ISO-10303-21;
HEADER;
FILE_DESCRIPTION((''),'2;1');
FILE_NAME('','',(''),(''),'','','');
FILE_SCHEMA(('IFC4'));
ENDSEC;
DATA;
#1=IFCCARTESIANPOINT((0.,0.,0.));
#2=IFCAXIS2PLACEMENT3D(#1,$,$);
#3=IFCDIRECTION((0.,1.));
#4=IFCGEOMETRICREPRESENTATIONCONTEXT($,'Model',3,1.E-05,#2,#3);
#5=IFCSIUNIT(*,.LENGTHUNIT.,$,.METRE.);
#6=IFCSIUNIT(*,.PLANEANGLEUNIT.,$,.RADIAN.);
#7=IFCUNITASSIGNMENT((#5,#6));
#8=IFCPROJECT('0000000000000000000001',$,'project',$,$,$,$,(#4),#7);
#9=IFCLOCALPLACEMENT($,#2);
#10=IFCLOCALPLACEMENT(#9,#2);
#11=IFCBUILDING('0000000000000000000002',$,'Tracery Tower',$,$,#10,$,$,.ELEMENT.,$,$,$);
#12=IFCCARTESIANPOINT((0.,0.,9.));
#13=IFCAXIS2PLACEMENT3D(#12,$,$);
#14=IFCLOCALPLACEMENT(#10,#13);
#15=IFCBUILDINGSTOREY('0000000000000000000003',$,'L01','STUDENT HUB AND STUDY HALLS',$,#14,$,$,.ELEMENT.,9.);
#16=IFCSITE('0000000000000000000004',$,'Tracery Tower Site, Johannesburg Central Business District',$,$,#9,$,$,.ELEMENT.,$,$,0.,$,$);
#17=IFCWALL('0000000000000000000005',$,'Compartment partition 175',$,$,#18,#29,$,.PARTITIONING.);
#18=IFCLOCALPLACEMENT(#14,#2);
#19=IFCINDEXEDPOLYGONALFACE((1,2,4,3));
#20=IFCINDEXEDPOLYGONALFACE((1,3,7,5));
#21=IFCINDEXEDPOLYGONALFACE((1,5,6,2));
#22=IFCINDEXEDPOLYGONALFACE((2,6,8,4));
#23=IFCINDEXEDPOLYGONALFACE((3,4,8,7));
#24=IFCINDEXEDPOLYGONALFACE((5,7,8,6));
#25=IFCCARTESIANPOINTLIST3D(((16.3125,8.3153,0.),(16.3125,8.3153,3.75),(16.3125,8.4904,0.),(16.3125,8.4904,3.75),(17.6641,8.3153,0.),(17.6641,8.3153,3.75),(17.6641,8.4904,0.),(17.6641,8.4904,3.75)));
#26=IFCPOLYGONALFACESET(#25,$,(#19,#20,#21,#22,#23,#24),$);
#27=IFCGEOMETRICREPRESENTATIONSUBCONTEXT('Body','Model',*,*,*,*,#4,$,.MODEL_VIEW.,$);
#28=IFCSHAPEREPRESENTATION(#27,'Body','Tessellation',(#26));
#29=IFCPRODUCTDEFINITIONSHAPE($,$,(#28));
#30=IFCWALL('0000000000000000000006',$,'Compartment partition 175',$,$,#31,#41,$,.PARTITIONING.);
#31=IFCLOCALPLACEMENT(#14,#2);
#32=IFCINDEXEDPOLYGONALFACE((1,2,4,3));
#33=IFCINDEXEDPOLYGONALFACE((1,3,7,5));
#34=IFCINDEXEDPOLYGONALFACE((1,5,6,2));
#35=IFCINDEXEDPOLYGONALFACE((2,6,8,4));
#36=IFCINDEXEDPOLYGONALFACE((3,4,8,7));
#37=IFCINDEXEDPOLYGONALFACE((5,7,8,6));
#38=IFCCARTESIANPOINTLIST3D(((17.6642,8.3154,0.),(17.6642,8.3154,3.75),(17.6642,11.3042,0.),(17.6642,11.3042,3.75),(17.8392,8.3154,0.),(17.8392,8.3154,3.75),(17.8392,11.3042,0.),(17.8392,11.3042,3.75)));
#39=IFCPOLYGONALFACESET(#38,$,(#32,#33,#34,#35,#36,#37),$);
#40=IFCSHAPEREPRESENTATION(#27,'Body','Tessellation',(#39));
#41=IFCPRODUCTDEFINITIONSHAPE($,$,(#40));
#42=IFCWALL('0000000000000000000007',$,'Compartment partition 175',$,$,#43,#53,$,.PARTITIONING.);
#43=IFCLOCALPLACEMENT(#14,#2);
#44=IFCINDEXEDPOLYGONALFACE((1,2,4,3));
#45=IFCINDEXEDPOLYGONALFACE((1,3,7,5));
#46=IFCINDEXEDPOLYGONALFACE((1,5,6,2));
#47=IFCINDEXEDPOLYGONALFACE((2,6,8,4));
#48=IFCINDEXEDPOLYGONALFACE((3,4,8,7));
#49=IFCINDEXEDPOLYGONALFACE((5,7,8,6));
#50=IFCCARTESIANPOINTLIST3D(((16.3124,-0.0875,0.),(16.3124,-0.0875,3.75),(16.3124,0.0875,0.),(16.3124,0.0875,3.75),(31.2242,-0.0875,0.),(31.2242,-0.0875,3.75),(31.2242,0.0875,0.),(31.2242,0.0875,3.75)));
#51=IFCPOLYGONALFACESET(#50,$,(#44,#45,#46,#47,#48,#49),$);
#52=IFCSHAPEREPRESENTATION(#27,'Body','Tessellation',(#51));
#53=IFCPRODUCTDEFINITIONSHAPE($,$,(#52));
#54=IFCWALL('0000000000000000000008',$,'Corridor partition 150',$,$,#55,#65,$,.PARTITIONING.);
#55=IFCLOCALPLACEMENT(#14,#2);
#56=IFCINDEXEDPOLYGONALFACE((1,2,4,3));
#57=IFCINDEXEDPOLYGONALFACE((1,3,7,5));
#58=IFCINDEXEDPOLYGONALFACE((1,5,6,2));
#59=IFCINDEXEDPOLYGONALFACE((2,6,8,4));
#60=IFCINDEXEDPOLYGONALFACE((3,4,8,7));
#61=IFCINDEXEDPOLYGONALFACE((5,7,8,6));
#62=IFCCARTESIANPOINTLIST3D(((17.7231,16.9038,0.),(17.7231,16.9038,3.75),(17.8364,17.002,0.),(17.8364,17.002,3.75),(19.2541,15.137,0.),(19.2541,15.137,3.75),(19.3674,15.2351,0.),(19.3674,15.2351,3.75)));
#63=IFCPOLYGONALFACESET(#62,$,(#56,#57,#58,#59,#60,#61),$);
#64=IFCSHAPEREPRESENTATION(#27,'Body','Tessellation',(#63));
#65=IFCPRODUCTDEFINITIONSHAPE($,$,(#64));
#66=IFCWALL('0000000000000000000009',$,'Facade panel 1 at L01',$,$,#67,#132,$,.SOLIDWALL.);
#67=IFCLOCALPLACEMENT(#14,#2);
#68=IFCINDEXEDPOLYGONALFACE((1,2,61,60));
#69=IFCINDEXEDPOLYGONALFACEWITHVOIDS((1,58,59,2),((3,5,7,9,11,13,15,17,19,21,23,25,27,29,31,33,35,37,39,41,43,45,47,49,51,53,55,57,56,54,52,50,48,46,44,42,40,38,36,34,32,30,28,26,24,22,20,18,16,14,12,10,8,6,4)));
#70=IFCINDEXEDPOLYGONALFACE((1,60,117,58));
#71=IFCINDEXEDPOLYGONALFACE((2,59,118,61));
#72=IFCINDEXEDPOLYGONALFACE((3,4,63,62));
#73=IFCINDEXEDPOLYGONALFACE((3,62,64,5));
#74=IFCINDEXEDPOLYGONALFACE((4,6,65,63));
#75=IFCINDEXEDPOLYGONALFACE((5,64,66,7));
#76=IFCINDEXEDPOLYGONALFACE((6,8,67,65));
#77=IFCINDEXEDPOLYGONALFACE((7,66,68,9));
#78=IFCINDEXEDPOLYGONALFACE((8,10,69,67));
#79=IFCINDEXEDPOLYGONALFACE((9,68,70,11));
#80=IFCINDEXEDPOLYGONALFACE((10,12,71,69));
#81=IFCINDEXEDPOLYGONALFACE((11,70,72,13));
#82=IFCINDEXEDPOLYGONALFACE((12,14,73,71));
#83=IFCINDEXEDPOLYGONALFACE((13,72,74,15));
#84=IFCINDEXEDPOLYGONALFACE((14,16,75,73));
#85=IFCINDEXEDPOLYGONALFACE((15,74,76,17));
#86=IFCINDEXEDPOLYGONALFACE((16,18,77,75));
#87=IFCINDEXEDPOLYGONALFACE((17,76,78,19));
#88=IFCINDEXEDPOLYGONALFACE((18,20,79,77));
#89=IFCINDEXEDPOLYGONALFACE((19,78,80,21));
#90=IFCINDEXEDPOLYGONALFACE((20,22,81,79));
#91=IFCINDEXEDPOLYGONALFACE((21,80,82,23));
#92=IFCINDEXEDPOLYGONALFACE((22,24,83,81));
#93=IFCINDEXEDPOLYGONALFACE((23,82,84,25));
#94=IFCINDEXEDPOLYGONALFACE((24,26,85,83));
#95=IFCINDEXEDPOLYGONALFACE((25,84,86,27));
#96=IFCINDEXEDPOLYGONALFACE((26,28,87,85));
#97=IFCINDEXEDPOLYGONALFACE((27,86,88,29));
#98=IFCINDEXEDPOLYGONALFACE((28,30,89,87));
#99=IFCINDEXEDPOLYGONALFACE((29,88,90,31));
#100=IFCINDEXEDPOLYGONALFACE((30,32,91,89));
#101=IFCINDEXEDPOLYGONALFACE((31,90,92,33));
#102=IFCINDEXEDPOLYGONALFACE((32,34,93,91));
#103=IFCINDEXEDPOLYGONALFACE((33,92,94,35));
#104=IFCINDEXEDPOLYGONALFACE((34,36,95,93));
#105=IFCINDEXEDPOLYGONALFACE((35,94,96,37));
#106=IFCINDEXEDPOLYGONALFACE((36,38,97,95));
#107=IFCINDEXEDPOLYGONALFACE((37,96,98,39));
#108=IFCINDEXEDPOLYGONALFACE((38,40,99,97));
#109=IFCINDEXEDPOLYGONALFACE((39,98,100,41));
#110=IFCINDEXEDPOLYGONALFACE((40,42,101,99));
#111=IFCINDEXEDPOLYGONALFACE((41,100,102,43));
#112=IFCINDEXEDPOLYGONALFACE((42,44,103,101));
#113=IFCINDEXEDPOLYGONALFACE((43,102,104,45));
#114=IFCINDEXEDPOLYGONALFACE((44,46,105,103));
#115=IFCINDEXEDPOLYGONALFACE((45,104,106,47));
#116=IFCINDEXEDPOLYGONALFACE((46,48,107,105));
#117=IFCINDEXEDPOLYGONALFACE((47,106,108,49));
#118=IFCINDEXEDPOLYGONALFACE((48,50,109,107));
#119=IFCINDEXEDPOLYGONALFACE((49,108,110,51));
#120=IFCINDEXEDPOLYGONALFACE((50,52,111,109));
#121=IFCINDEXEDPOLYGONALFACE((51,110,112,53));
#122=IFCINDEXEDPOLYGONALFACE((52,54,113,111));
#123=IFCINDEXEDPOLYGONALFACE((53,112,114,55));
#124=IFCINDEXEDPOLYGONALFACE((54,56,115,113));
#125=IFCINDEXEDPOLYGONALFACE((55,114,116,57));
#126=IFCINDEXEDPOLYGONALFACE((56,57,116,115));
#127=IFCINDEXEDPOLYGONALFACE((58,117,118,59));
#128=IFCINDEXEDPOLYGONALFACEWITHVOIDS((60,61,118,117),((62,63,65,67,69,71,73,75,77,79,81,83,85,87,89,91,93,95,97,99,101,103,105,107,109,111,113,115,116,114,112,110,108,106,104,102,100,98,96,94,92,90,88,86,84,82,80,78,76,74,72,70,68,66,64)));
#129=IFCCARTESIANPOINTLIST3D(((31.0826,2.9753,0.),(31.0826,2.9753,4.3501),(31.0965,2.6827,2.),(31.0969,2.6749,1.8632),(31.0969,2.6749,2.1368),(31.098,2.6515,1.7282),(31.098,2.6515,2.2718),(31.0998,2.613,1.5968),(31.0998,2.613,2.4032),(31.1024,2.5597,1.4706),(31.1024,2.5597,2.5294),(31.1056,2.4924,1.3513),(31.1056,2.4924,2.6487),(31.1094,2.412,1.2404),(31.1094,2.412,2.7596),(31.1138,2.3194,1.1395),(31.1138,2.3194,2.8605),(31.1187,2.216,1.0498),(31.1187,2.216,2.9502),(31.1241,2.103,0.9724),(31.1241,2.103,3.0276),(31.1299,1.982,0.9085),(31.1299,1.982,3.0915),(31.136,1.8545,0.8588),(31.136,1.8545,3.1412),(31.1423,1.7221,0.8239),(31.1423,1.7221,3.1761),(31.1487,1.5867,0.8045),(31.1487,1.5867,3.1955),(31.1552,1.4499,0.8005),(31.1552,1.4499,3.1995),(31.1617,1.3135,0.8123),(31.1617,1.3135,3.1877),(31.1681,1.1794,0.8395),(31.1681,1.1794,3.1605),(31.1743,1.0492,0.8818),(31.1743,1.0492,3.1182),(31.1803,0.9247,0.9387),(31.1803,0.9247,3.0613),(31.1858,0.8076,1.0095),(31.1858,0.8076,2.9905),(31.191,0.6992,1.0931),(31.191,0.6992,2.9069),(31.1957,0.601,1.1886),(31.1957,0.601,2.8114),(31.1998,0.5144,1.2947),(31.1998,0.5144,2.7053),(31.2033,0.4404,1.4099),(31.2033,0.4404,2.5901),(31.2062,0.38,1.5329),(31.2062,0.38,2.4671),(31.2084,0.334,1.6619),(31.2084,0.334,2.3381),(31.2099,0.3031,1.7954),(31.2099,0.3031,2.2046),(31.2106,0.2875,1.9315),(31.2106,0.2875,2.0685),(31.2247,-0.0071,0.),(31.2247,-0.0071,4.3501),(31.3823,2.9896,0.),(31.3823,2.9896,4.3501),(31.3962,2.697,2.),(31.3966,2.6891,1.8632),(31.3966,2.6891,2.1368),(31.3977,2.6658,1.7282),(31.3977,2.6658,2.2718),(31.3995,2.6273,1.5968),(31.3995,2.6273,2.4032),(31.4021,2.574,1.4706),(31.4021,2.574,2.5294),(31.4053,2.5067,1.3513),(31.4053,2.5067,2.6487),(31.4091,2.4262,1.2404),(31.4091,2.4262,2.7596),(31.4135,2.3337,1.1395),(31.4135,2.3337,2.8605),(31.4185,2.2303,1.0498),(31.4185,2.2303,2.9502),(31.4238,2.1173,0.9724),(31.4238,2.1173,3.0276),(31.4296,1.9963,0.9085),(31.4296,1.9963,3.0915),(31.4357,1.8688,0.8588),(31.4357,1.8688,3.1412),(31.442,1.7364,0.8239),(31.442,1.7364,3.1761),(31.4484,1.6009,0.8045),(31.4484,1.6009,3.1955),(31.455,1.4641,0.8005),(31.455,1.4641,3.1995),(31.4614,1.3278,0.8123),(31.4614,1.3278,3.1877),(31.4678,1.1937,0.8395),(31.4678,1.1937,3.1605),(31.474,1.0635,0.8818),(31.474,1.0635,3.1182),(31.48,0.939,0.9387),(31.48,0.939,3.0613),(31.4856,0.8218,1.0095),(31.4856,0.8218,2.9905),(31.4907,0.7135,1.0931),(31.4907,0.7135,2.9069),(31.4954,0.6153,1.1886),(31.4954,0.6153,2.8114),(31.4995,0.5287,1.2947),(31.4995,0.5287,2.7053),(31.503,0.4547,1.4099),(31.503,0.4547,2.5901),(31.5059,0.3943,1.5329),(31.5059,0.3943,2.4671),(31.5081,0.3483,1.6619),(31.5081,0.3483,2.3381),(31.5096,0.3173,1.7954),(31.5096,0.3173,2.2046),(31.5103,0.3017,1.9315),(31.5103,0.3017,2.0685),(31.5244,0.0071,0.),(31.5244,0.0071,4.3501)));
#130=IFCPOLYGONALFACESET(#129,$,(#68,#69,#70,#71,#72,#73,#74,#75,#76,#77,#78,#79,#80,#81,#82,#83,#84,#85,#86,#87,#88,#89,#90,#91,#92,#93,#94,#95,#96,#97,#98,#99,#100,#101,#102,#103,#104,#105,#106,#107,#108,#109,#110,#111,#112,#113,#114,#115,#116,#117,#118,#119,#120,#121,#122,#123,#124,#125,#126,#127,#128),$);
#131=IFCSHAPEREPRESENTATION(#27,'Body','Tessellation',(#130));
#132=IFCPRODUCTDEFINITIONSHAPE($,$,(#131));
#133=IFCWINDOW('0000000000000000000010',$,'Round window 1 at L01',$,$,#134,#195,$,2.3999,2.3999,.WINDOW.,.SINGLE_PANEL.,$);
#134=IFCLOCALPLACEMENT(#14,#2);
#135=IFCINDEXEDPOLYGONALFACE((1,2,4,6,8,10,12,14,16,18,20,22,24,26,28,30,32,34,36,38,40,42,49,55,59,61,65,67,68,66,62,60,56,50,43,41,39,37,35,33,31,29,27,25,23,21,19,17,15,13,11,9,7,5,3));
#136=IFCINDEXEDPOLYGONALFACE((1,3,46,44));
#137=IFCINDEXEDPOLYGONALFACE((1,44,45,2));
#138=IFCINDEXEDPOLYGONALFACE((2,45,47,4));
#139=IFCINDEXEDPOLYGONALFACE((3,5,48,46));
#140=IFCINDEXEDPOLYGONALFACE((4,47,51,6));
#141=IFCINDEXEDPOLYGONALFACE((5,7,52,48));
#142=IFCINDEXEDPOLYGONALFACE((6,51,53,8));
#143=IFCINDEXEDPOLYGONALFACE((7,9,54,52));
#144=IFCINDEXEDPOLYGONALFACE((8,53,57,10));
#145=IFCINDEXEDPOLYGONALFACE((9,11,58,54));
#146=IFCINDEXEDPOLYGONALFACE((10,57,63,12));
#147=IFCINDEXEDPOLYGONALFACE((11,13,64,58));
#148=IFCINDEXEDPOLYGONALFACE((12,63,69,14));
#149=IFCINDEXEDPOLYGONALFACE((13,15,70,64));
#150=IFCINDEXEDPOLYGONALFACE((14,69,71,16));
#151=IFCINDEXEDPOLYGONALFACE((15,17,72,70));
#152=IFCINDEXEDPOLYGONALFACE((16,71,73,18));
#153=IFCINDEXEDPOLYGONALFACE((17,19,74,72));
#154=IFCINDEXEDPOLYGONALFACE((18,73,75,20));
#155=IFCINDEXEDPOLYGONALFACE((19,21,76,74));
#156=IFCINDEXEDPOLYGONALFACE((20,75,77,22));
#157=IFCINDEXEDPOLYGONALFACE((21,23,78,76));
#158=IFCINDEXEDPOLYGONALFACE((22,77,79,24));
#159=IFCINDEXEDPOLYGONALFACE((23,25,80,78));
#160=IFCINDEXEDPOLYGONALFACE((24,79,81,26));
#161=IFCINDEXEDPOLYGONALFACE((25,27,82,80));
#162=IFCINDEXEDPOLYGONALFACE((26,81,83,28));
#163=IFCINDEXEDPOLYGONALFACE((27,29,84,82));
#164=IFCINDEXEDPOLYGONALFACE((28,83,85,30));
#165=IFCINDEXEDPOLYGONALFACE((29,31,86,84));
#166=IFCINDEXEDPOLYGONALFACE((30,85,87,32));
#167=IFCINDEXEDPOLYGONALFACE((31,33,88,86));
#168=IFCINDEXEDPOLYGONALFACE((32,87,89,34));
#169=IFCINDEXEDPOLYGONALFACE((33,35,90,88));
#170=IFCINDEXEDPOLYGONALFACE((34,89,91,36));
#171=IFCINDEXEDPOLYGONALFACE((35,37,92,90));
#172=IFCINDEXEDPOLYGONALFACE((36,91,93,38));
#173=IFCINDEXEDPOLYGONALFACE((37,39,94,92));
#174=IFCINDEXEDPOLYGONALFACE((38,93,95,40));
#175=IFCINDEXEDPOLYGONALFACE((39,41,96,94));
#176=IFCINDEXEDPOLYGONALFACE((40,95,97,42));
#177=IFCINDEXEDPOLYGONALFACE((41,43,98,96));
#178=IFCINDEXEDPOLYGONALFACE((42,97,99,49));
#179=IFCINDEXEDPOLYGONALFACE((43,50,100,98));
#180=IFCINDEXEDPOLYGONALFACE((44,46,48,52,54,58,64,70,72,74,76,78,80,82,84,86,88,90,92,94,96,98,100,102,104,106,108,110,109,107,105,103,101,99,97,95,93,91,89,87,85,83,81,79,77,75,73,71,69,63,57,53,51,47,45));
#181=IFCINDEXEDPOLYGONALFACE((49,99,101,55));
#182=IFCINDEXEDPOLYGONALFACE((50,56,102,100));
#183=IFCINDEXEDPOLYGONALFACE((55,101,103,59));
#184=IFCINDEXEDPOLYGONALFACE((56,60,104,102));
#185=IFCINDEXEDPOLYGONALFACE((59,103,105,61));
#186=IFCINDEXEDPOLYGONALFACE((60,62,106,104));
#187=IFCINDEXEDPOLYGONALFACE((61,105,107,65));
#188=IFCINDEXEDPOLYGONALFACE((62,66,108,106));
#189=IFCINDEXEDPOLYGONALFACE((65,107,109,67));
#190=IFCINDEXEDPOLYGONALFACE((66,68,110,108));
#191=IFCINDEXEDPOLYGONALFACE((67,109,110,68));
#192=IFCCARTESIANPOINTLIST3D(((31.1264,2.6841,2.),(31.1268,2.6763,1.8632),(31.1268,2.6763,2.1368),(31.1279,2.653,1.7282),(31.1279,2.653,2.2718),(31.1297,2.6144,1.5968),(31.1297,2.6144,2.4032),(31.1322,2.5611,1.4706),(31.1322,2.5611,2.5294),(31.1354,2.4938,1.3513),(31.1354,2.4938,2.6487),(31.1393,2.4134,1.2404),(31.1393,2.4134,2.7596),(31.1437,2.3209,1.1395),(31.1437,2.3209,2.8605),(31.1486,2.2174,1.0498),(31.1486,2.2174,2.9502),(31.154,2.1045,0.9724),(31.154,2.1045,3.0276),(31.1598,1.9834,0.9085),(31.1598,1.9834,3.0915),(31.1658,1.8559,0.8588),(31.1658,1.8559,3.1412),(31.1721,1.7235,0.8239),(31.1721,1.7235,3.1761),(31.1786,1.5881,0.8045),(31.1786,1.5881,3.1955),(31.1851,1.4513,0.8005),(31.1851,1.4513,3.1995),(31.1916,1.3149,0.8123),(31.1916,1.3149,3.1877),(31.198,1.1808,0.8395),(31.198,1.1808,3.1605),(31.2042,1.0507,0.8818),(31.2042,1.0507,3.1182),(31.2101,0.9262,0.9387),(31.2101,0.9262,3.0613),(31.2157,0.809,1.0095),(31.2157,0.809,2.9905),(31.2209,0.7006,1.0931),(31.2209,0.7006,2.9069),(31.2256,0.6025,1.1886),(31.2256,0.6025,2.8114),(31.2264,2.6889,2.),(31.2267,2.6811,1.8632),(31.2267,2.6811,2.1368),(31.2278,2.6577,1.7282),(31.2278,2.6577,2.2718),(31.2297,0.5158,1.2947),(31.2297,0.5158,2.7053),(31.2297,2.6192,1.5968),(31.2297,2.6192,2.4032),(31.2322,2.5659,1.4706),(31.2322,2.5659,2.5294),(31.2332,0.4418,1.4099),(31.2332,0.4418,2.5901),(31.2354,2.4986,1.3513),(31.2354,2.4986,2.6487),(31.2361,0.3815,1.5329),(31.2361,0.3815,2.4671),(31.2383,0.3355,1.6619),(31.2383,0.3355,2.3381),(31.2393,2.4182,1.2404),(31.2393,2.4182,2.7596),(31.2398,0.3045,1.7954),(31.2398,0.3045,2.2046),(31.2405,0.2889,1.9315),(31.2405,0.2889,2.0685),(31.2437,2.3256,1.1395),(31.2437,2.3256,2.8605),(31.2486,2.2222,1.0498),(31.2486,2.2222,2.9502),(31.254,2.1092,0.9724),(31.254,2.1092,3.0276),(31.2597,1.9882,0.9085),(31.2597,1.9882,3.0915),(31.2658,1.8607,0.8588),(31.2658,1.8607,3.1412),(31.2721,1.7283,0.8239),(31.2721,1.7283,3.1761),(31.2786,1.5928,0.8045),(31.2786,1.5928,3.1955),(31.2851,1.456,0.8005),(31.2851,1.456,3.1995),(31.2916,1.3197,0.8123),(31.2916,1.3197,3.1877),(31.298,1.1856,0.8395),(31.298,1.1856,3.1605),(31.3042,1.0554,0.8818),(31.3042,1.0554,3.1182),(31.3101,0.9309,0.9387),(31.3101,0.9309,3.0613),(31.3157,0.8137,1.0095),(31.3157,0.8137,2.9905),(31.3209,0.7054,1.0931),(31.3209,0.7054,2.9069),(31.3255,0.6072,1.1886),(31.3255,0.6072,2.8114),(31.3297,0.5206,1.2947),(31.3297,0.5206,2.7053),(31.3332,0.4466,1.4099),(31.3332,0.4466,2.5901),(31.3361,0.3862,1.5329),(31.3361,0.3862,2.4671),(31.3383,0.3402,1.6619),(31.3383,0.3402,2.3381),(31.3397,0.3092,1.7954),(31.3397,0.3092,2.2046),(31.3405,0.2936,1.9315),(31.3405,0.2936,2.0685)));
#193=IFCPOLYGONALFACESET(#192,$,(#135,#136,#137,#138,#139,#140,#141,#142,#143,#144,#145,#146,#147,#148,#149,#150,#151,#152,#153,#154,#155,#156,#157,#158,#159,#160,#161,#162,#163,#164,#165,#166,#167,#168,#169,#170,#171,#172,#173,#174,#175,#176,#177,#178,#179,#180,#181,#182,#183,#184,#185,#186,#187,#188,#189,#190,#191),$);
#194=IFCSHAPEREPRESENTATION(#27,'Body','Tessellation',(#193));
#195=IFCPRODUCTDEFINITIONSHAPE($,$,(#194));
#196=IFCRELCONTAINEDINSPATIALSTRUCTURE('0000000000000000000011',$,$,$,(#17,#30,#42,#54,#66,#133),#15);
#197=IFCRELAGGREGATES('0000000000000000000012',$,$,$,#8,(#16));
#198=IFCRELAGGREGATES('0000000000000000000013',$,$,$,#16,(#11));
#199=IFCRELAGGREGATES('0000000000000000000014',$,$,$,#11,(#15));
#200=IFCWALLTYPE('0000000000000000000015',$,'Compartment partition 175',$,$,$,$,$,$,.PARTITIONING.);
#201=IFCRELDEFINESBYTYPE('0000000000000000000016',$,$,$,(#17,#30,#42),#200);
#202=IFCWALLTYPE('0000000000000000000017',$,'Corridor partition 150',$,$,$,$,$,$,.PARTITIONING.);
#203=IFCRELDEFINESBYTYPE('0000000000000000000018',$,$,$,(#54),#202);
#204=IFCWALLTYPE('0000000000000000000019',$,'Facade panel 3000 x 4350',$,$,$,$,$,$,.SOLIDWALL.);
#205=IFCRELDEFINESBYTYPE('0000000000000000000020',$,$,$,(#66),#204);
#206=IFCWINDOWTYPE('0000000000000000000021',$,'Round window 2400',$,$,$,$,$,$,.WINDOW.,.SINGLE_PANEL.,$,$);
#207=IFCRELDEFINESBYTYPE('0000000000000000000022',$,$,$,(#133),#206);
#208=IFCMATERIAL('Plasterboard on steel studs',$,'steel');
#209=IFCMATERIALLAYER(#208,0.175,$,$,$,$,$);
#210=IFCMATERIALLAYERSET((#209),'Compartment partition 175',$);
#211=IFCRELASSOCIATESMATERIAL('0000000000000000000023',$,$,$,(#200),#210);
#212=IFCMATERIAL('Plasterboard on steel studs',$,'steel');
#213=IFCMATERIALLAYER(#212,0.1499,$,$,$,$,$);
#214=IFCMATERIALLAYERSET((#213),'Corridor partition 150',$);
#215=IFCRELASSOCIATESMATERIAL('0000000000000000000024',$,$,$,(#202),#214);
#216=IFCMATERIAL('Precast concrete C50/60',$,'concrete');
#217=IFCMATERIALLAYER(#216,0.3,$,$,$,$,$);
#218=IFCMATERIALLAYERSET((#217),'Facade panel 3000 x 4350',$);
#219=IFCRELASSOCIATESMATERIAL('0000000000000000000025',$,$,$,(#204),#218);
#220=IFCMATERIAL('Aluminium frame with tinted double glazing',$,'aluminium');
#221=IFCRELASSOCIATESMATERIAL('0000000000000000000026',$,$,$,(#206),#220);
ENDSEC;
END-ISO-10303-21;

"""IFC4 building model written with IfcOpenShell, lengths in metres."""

from ifc_helpers import new_model, si_unit, direction, frame, frame_2d, origin, origin_2d, place, context, subcontext, project, spatial, rectangle, circle, extrude, material, layer, layer_set, type_object, element, fill, save


model = new_model("IFC4")

# Units and contexts
model_context = context("Model", 3, precision=1e-05, world=origin(), true_north=direction((0.0, 1.0)))
body_context = subcontext(model_context, "Body", "Model", "MODEL_VIEW")
ifc_project = project(units=[si_unit("LENGTHUNIT", "METRE"), si_unit("PLANEANGLEUNIT", "RADIAN")], contexts=[model_context])

# Site, building, storey
site_placement = place(None, origin())
site = spatial("IfcSite", under=ifc_project, at=site_placement, Name="Tracery Tower Site, Johannesburg Central Business District", CompositionType="ELEMENT", RefElevation=0.0)
building_placement = place(site_placement, origin())
building = spatial("IfcBuilding", under=site, at=building_placement, Name="Tracery Tower", CompositionType="ELEMENT")
storey_placement = place(building_placement, frame((0.0, 0.0, 9.0)))
storey = spatial("IfcBuildingStorey", under=building, at=storey_placement, Name="L01", Description="STUDENT HUB AND STUDY HALLS", CompositionType="ELEMENT", Elevation=9.0)

# Shared definitions
ifc_material_1 = material(Name="Plasterboard on steel studs", Category="steel")
ifc_layer_1 = layer(ifc_material_1, 0.175)
ifc_layer_set_1 = layer_set([ifc_layer_1], Name="Compartment partition 175")
wall_type_1 = type_object("IfcWallType", Name="Compartment partition 175", PredefinedType="PARTITIONING", material=ifc_layer_set_1)

# Walls
wall_1_placement = place(storey_placement, frame((16.3125, 8.4028, 0.0), z_axis=(0.0, 0.0, 1.0), x_axis=(1.0, 0.0, 0.0)))
element("IfcWall", 1, at=wall_1_placement, inside=storey, type_object=wall_type_1, Name="Compartment partition 175", PredefinedType="PARTITIONING", context=body_context, shape_type="SweptSolid", body=[
    extrude(rectangle(XDim=1.3516, YDim=0.175, at=frame_2d((0.6758, 0.0))), origin(), (0.0, 0.0, 1.0), 3.75),
])
wall_2_placement = place(storey_placement, frame((17.7517, 8.3154, 0.0), z_axis=(0.0, 0.0, 1.0), x_axis=(0.0, 1.0, 0.0)))
element("IfcWall", 2, at=wall_2_placement, inside=storey, type_object=wall_type_1, Name="Compartment partition 175", PredefinedType="PARTITIONING", context=body_context, shape_type="SweptSolid", body=[
    extrude(rectangle(XDim=2.9888, YDim=0.175, at=frame_2d((1.4944, 0.0))), origin(), (0.0, 0.0, 1.0), 3.75),
])
wall_3_placement = place(storey_placement, frame((31.2244, 0.0, 0.0), z_axis=(0.0, 0.0, 1.0), x_axis=(-1.0, 0.0, 0.0)))
element("IfcWall", 3, at=wall_3_placement, inside=storey, type_object=wall_type_1, Name="Compartment partition 175", PredefinedType="PARTITIONING", context=body_context, shape_type="SweptSolid", body=[
    extrude(rectangle(XDim=14.9119, YDim=0.175, at=frame_2d((7.4561, 0.0))), origin(), (0.0, 0.0, 1.0), 3.75),
])
ifc_material_2 = material(Name="Plasterboard on steel studs", Category="steel")
ifc_layer_2 = layer(ifc_material_2, 0.1499)
ifc_layer_set_2 = layer_set([ifc_layer_2], Name="Corridor partition 150")
wall_type_2 = type_object("IfcWallType", Name="Corridor partition 150", PredefinedType="PARTITIONING", material=ifc_layer_set_2)
wall_4_placement = place(storey_placement, frame((19.3108, 15.186, 0.0), z_axis=(0.0, 0.0, 1.0), x_axis=(-0.654867, 0.755744, 0.0)))
element("IfcWall", 4, at=wall_4_placement, inside=storey, type_object=wall_type_2, Name="Corridor partition 150", PredefinedType="PARTITIONING", context=body_context, shape_type="SweptSolid", body=[
    extrude(rectangle(XDim=2.3379, YDim=0.1499, at=frame_2d((1.1689, 0.0))), origin(), (0.0, 0.0, 1.0), 3.75),
])

# Wall, opening, window
ifc_material_3 = material(Name="Precast concrete C50/60", Category="concrete")
ifc_layer_3 = layer(ifc_material_3, 0.3)
ifc_layer_set_3 = layer_set([ifc_layer_3], Name="Facade panel 3000 x 4350")
wall_type_3 = type_object("IfcWallType", Name="Facade panel 3000 x 4350", PredefinedType="SOLIDWALL", material=ifc_layer_set_3)
wall_5_placement = place(storey_placement, frame((31.3745, 0.0, 0.0), z_axis=(0.0, 0.0, 1.0), x_axis=(-0.047588, 0.998867, 0.0)))
wall_5 = element("IfcWall", 5, at=wall_5_placement, inside=storey, type_object=wall_type_3, Name="Facade panel 1 at L01", PredefinedType="SOLIDWALL", context=body_context, shape_type="SweptSolid", body=[
    extrude(rectangle(XDim=2.9858, YDim=0.3, at=frame_2d((1.4929, 0.0))), origin(), (0.0, 0.0, 1.0), 4.3501),
])
opening_1_placement = place(wall_5_placement, frame((1.4929, 0.0, 2.0)))
opening_1 = element("IfcOpeningElement", 6, at=opening_1_placement, cuts=wall_5, PredefinedType="OPENING", context=body_context, shape_type="SweptSolid", body=[
    extrude(circle(Radius=1.2, at=origin_2d()), frame((0.0, 0.1599, 0.0), z_axis=(0.0, -1.0, 0.0), x_axis=(1.0, 0.0, 0.0)), (0.0, 0.0, 1.0), 0.3201),
])
ifc_material_4 = material(Name="Aluminium frame with tinted double glazing", Category="aluminium")
window_type = type_object("IfcWindowType", Name="Round window 2400", PartitioningType="SINGLE_PANEL", PredefinedType="WINDOW", material=ifc_material_4)
window_1_placement = place(opening_1_placement, origin())
window_1 = element("IfcWindow", 7, at=window_1_placement, inside=storey, type_object=window_type, Name="Round window 1 at L01", OverallHeight=2.3999, OverallWidth=2.3999, PartitioningType="SINGLE_PANEL", PredefinedType="WINDOW", context=body_context, shape_type="SweptSolid", body=[
    extrude(circle(Radius=1.2, at=origin_2d()), frame((0.0, 0.1201, 0.0), z_axis=(0.0, -1.0, 0.0), x_axis=(1.0, 0.0, 0.0)), (0.0, 0.0, 1.0), 0.1001),
])
fill(opening_1, window_1)

save(model, "model.ifc")
